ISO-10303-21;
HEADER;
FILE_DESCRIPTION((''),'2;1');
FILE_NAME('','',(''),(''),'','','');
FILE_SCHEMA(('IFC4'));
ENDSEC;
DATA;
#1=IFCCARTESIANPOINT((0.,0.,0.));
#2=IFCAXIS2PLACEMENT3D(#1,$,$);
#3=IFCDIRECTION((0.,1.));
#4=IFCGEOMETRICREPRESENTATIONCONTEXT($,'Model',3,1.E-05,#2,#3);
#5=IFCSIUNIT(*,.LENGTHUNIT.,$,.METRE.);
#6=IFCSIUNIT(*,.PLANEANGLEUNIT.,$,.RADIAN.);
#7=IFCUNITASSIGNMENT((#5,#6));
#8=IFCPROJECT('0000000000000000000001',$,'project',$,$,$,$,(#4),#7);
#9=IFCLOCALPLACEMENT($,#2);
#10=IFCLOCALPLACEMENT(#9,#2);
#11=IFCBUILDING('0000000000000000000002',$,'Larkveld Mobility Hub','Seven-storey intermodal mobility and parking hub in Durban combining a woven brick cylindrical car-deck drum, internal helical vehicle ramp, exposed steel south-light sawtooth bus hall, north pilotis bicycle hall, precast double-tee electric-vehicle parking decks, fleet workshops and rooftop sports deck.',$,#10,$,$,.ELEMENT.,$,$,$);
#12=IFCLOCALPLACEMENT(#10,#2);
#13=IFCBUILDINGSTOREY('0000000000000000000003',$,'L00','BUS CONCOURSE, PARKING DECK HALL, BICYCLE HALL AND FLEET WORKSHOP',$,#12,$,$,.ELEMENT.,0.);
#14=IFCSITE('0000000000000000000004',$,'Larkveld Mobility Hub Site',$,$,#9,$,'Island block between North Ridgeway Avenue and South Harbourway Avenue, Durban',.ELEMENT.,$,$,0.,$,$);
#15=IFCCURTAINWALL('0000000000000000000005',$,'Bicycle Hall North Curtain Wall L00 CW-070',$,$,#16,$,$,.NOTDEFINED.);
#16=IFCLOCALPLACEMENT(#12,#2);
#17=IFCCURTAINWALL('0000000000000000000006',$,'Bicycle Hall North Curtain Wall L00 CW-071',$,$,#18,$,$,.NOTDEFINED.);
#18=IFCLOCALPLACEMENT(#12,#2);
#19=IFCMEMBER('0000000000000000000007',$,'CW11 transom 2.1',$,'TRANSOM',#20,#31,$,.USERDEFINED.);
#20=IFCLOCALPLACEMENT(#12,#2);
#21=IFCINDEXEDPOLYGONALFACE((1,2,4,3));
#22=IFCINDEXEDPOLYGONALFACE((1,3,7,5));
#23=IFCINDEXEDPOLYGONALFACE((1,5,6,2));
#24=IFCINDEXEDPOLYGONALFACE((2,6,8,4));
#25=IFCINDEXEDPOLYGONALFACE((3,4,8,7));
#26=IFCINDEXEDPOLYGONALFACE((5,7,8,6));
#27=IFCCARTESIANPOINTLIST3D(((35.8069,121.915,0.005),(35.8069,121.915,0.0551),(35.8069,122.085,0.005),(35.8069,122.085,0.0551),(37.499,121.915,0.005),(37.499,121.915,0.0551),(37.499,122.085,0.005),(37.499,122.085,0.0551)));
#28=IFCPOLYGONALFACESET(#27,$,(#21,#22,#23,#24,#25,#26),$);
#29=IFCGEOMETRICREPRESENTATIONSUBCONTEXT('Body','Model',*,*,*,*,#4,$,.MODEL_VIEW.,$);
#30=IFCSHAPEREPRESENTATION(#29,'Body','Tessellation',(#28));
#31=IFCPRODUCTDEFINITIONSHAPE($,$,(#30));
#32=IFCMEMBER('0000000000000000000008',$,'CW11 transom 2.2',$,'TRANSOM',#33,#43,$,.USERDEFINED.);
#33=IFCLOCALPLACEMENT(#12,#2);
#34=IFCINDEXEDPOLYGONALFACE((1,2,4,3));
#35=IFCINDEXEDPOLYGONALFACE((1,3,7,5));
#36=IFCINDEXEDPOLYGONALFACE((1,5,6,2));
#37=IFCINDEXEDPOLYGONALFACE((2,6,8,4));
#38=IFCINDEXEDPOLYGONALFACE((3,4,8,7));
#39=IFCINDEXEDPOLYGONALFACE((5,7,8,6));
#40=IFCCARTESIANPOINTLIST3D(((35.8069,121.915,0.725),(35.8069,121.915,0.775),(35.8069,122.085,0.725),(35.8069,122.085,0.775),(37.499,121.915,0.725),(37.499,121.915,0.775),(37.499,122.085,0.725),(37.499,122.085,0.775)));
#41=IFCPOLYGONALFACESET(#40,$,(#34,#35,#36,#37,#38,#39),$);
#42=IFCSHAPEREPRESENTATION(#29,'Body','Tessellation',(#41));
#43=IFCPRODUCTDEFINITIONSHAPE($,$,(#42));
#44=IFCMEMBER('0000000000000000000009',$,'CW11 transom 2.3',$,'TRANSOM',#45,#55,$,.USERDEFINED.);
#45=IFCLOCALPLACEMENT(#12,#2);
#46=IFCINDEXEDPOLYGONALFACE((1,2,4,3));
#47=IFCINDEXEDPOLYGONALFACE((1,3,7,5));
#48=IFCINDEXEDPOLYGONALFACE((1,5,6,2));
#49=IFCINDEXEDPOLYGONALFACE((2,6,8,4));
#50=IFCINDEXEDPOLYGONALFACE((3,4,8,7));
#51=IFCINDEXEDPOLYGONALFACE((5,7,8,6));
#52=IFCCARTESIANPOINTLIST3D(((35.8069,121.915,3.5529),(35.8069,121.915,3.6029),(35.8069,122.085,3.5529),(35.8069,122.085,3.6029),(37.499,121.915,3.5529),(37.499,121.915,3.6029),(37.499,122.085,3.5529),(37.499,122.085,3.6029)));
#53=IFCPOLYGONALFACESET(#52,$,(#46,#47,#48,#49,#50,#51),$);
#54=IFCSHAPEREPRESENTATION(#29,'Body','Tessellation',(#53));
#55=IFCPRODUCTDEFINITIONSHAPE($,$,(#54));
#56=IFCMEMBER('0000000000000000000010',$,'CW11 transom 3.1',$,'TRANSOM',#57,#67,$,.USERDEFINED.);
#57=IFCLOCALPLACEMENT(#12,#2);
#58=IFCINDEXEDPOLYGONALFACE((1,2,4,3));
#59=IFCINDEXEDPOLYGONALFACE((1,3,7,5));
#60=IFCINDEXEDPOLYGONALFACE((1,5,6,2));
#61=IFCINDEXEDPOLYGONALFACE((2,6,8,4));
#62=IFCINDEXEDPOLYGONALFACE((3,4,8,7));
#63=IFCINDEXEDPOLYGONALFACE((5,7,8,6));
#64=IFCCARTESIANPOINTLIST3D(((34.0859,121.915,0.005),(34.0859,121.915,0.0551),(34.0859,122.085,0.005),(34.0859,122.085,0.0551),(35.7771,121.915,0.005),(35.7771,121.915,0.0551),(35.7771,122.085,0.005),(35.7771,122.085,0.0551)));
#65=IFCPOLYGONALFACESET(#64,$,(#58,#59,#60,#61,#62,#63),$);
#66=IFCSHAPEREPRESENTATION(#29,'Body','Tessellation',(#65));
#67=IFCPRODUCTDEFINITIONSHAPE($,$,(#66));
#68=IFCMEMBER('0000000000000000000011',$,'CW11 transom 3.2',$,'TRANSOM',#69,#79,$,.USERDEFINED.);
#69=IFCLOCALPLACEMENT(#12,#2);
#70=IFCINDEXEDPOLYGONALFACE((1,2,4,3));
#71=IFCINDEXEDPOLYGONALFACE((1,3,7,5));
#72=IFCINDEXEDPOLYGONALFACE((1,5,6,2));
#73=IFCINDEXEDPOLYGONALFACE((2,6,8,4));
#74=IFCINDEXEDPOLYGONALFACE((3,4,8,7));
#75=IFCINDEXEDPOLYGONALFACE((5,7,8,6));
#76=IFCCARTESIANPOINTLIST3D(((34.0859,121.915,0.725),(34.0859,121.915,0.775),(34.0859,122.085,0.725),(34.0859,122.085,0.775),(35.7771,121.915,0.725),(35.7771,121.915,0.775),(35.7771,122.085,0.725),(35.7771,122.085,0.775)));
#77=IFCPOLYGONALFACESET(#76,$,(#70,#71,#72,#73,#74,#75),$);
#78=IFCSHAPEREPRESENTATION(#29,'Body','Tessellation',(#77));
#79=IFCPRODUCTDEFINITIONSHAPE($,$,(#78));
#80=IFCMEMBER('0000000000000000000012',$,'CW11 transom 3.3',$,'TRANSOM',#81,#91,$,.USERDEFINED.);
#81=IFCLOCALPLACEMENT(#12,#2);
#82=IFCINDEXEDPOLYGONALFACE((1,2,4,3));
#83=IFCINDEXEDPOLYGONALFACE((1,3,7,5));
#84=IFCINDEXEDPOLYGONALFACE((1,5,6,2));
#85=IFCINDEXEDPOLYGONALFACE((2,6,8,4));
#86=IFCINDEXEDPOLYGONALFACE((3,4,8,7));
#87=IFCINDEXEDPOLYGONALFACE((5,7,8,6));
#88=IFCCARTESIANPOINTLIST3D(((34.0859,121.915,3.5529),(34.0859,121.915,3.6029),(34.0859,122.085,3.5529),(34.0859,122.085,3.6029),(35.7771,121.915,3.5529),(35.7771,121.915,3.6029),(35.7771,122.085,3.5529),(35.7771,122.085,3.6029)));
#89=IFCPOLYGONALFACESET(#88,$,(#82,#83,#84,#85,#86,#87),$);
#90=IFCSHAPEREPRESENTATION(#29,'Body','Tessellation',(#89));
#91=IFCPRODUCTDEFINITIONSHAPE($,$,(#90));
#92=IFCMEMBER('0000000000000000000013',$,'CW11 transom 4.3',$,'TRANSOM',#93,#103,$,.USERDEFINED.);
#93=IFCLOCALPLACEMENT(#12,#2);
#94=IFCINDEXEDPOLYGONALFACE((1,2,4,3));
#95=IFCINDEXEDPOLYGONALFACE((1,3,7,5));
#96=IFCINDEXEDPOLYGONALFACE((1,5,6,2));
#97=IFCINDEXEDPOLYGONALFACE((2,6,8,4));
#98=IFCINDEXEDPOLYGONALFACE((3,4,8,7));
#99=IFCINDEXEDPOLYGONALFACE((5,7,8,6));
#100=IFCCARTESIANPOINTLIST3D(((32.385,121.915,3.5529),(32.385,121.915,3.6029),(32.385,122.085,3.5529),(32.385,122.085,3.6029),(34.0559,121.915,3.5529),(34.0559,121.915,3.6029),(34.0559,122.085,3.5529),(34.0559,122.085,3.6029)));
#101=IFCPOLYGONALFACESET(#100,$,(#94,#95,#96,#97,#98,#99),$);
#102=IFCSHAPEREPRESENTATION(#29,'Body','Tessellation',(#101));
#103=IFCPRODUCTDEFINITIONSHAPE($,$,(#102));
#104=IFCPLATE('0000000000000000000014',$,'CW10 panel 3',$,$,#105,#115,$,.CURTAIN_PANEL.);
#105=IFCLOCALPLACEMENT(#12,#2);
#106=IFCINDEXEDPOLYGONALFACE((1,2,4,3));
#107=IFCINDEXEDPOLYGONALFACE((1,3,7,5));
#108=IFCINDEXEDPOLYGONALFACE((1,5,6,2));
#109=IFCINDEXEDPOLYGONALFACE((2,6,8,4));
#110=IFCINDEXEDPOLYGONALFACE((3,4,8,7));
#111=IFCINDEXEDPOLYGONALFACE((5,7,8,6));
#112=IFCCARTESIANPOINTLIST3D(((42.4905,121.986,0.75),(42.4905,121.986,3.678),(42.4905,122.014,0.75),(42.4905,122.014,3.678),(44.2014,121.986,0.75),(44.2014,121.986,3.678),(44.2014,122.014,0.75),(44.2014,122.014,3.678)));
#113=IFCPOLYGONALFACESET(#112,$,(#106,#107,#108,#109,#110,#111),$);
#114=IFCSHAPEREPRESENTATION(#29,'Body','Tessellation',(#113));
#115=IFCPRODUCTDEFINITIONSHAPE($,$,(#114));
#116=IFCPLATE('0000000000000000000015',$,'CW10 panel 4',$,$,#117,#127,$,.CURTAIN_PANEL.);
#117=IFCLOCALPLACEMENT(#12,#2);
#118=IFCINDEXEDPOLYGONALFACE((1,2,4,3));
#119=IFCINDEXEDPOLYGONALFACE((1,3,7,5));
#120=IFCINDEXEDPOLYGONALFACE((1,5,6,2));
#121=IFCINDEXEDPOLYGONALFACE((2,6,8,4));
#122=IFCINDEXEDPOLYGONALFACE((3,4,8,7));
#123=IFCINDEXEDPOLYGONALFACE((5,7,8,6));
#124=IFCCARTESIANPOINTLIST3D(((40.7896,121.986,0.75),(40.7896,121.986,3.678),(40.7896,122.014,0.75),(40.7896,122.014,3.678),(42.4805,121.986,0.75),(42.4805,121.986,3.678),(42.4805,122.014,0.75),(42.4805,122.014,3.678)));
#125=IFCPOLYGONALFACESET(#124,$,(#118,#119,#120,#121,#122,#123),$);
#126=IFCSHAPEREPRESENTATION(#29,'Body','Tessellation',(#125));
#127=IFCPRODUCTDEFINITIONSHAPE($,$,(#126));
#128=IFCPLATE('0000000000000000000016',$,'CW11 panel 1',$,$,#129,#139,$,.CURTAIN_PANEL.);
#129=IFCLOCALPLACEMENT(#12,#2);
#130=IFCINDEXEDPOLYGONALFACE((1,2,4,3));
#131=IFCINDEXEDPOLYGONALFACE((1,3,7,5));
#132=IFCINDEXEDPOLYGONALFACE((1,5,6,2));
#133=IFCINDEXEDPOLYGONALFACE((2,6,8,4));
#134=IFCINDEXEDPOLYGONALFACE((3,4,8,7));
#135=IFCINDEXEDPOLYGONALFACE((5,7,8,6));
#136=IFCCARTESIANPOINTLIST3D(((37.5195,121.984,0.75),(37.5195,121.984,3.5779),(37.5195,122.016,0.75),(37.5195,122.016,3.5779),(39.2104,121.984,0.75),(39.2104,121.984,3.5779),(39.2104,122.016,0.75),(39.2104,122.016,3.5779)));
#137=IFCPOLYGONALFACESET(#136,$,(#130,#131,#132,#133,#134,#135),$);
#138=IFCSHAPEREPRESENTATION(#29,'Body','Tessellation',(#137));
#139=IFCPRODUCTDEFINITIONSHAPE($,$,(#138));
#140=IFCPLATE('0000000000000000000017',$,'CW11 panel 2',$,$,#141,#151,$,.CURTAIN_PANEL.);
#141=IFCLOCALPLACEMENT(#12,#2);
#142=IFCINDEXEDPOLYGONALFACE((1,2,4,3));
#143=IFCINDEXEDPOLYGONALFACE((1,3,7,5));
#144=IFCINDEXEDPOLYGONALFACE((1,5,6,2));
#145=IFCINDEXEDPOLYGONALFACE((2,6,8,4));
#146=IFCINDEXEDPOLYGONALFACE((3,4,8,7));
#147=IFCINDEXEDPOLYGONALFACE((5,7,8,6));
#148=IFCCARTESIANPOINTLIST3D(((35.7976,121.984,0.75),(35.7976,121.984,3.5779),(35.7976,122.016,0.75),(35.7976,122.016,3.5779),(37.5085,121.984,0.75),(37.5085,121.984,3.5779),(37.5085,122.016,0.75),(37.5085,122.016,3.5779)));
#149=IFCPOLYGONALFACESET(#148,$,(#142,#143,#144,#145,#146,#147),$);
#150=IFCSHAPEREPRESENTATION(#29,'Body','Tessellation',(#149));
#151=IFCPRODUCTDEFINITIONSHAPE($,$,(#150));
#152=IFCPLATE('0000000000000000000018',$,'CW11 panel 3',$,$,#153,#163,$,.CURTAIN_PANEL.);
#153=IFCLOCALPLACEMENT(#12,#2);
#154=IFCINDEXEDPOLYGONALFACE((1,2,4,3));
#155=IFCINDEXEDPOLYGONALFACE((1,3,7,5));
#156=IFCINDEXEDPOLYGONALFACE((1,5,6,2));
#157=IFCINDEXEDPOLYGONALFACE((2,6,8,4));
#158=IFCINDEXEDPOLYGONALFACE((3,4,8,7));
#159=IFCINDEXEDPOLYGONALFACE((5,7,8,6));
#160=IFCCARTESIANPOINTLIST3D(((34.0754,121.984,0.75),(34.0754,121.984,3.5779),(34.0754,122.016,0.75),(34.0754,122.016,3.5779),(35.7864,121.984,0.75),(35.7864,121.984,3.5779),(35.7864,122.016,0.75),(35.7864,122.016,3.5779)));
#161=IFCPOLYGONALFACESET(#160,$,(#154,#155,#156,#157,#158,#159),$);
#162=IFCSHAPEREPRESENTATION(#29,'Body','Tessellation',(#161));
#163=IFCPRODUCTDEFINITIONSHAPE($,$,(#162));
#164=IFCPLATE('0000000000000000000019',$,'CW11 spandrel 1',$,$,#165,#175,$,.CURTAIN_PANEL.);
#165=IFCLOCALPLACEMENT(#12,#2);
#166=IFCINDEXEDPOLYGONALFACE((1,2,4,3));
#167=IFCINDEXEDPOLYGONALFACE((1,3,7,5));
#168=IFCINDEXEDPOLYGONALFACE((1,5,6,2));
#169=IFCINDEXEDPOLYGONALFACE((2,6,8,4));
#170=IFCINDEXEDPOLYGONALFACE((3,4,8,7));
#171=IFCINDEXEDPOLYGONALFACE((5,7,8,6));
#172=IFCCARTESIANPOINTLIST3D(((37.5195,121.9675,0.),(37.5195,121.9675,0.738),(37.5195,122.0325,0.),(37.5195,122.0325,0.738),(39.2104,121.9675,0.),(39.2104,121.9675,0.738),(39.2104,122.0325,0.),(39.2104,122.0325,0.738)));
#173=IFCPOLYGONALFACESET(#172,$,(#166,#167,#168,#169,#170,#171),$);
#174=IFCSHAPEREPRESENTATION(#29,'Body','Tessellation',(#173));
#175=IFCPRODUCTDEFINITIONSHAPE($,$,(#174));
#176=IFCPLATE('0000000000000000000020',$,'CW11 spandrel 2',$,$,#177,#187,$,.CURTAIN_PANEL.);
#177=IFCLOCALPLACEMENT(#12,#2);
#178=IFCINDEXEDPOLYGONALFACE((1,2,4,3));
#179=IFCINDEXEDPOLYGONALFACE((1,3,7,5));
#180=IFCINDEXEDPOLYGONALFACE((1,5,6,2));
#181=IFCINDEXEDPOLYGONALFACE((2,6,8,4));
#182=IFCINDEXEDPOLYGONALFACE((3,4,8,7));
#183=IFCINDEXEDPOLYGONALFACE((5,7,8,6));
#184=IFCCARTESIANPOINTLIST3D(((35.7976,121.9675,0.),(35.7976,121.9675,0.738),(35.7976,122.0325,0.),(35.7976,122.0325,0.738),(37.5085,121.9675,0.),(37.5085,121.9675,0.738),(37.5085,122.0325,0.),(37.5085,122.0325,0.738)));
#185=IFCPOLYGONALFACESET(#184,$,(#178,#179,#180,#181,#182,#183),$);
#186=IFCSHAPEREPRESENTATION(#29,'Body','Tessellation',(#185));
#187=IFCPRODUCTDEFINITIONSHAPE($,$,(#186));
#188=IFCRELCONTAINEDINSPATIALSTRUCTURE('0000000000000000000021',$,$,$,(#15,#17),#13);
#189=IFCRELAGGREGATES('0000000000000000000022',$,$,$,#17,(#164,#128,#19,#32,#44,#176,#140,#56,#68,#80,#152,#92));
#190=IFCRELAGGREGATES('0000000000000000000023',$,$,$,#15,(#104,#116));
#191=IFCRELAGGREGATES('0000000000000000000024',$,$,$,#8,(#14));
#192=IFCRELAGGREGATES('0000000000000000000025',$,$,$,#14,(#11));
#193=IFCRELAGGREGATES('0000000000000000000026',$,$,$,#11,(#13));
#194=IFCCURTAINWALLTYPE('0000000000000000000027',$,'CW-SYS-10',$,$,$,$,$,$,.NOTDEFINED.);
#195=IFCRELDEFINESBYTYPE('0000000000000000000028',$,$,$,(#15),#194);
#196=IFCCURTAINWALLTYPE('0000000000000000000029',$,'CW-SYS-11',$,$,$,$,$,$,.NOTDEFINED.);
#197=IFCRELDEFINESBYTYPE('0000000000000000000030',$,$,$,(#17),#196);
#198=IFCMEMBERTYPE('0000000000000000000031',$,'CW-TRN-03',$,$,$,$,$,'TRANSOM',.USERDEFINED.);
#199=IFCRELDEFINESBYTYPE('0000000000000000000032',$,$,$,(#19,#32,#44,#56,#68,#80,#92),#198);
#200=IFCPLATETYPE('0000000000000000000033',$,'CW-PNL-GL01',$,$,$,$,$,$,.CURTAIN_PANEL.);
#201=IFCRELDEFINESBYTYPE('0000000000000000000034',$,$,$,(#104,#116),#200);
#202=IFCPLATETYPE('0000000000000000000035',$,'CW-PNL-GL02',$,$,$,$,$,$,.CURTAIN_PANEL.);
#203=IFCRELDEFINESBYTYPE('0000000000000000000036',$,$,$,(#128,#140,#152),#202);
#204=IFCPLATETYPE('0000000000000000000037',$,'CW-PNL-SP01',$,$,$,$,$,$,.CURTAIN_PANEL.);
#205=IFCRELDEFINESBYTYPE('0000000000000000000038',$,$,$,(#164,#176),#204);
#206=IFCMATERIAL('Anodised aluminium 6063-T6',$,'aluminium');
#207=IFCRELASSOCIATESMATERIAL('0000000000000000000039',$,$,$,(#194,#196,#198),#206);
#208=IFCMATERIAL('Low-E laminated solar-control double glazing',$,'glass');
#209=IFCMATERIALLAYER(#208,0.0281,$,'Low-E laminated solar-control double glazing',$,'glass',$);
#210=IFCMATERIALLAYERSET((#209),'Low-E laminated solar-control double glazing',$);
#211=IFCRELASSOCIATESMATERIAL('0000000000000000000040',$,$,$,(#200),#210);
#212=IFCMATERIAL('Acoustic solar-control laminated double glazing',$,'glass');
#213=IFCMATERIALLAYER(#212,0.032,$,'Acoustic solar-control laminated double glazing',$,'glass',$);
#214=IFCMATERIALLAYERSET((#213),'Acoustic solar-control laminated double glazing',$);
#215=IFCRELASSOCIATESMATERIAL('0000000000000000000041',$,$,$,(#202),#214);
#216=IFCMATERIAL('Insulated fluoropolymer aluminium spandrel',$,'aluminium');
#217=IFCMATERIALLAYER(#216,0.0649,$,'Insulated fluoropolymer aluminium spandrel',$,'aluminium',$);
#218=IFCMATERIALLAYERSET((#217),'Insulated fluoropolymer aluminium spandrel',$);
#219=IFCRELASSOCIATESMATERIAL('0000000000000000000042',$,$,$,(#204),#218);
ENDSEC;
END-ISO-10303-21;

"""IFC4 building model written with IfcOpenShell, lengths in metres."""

from ifc_helpers import new_model, si_unit, direction, frame, origin, origin_2d, place, context, subcontext, project, spatial, rectangle, extrude, material, layer, layer_set, material_profile, profile_set, type_object, element, aggregate, save


model = new_model("IFC4")

# Units and contexts
model_context = context("Model", 3, precision=1e-05, world=origin(), true_north=direction((0.0, 1.0)))
body_context = subcontext(model_context, "Body", "Model", "MODEL_VIEW")
ifc_project = project(units=[si_unit("LENGTHUNIT", "METRE"), si_unit("PLANEANGLEUNIT", "RADIAN")], contexts=[model_context])

# Site, building, storey
site_placement = place(None, origin())
site = spatial("IfcSite", under=ifc_project, at=site_placement, Name="Larkveld Mobility Hub Site", LongName="Island block between North Ridgeway Avenue and South Harbourway Avenue, Durban", CompositionType="ELEMENT", RefElevation=0.0)
building_placement = place(site_placement, origin())
building = spatial("IfcBuilding", under=site, at=building_placement, Name="Larkveld Mobility Hub", Description="Seven-storey intermodal mobility and parking hub in Durban combining a woven brick cylindrical car-deck drum, internal helical vehicle ramp, exposed steel south-light sawtooth bus hall, north pilotis bicycle hall, precast double-tee electric-vehicle parking decks, fleet workshops and rooftop sports deck.", CompositionType="ELEMENT")
storey_placement = place(building_placement, origin())
storey = spatial("IfcBuildingStorey", under=building, at=storey_placement, Name="L00", Description="BUS CONCOURSE, PARKING DECK HALL, BICYCLE HALL AND FLEET WORKSHOP", CompositionType="ELEMENT", Elevation=0.0)

# Curtain walls
ifc_material_1 = material(Name="Anodised aluminium 6063-T6", Category="aluminium")
curtain_wall_type_1 = type_object("IfcCurtainWallType", Name="CW-SYS-10", PredefinedType="NOTDEFINED", material=ifc_material_1)
curtain_wall_1_placement = place(storey_placement, origin())
curtain_wall_1 = element("IfcCurtainWall", 1, at=curtain_wall_1_placement, inside=storey, type_object=curtain_wall_type_1, Name="Bicycle Hall North Curtain Wall L00 CW-070", PredefinedType="NOTDEFINED")
curtain_wall_type_2 = type_object("IfcCurtainWallType", Name="CW-SYS-11", PredefinedType="NOTDEFINED", material=ifc_material_1)
curtain_wall_2_placement = place(storey_placement, origin())
curtain_wall_2 = element("IfcCurtainWall", 2, at=curtain_wall_2_placement, inside=storey, type_object=curtain_wall_type_2, Name="Bicycle Hall North Curtain Wall L00 CW-071", PredefinedType="NOTDEFINED")

# Members
ifc_material_profile_1 = material_profile(ifc_material_1, rectangle(XDim=0.1699, YDim=0.05, at=origin_2d()), Name="ALU TRAN 50x170")
ifc_profile_set_1 = profile_set([ifc_material_profile_1], Name="Anodised aluminium 6063-T6")
member_type_1 = type_object("IfcMemberType", Name="CW-TRN-03", ElementType="TRANSOM", PredefinedType="USERDEFINED", material=ifc_profile_set_1)
member_1_placement = place(storey_placement, frame((37.499, 122.0, 0.03), z_axis=(-1.0, 0.0, 0.0), x_axis=(0.0, -1.0, 0.0)))
member_1 = element("IfcMember", 3, at=member_1_placement, type_object=member_type_1, Name="CW11 transom 2.1", ObjectType="TRANSOM", PredefinedType="USERDEFINED", context=body_context, shape_type="SweptSolid", body=[
    extrude(rectangle(XDim=0.1699, YDim=0.05, at=origin_2d()), origin(), (0.0, 0.0, 1.0), 1.6921),
])
member_2_placement = place(storey_placement, frame((37.499, 122.0, 0.75), z_axis=(-1.0, 0.0, 0.0), x_axis=(0.0, -1.0, 0.0)))
member_2 = element("IfcMember", 4, at=member_2_placement, type_object=member_type_1, Name="CW11 transom 2.2", ObjectType="TRANSOM", PredefinedType="USERDEFINED", context=body_context, shape_type="SweptSolid", body=[
    extrude(rectangle(XDim=0.1699, YDim=0.05, at=origin_2d()), origin(), (0.0, 0.0, 1.0), 1.6921),
])
member_3_placement = place(storey_placement, frame((37.499, 122.0, 3.5779), z_axis=(-1.0, 0.0, 0.0), x_axis=(0.0, -1.0, 0.0)))
member_3 = element("IfcMember", 5, at=member_3_placement, type_object=member_type_1, Name="CW11 transom 2.3", ObjectType="TRANSOM", PredefinedType="USERDEFINED", context=body_context, shape_type="SweptSolid", body=[
    extrude(rectangle(XDim=0.1699, YDim=0.05, at=origin_2d()), origin(), (0.0, 0.0, 1.0), 1.6921),
])
member_4_placement = place(storey_placement, frame((35.7771, 122.0, 0.03), z_axis=(-1.0, 0.0, 0.0), x_axis=(0.0, -1.0, 0.0)))
member_4 = element("IfcMember", 6, at=member_4_placement, type_object=member_type_1, Name="CW11 transom 3.1", ObjectType="TRANSOM", PredefinedType="USERDEFINED", context=body_context, shape_type="SweptSolid", body=[
    extrude(rectangle(XDim=0.1699, YDim=0.05, at=origin_2d()), origin(), (0.0, 0.0, 1.0), 1.6912),
])
member_5_placement = place(storey_placement, frame((35.7771, 122.0, 0.75), z_axis=(-1.0, 0.0, 0.0), x_axis=(0.0, -1.0, 0.0)))
member_5 = element("IfcMember", 7, at=member_5_placement, type_object=member_type_1, Name="CW11 transom 3.2", ObjectType="TRANSOM", PredefinedType="USERDEFINED", context=body_context, shape_type="SweptSolid", body=[
    extrude(rectangle(XDim=0.1699, YDim=0.05, at=origin_2d()), origin(), (0.0, 0.0, 1.0), 1.6912),
])
member_6_placement = place(storey_placement, frame((35.7771, 122.0, 3.5779), z_axis=(-1.0, 0.0, 0.0), x_axis=(0.0, -1.0, 0.0)))
member_6 = element("IfcMember", 8, at=member_6_placement, type_object=member_type_1, Name="CW11 transom 3.3", ObjectType="TRANSOM", PredefinedType="USERDEFINED", context=body_context, shape_type="SweptSolid", body=[
    extrude(rectangle(XDim=0.1699, YDim=0.05, at=origin_2d()), origin(), (0.0, 0.0, 1.0), 1.6912),
])
member_7_placement = place(storey_placement, frame((34.0559, 122.0, 3.5779), z_axis=(-1.0, 0.0, 0.0), x_axis=(0.0, -1.0, 0.0)))
member_7 = element("IfcMember", 9, at=member_7_placement, type_object=member_type_1, Name="CW11 transom 4.3", ObjectType="TRANSOM", PredefinedType="USERDEFINED", context=body_context, shape_type="SweptSolid", body=[
    extrude(rectangle(XDim=0.1699, YDim=0.05, at=origin_2d()), origin(), (0.0, 0.0, 1.0), 1.6709),
])

# Plates
ifc_material_2 = material(Name="Low-E laminated solar-control double glazing", Category="glass")
ifc_layer_1 = layer(ifc_material_2, 0.0281, Name="Low-E laminated solar-control double glazing", Category="glass")
ifc_layer_set_1 = layer_set([ifc_layer_1], Name="Low-E laminated solar-control double glazing")
plate_type_1 = type_object("IfcPlateType", Name="CW-PNL-GL01", PredefinedType="CURTAIN_PANEL", material=ifc_layer_set_1)
plate_1_placement = place(storey_placement, frame((43.3459, 122.0, 0.75), z_axis=(0.0, 0.0, 1.0), x_axis=(-1.0, 0.0, 0.0)))
plate_1 = element("IfcPlate", 10, at=plate_1_placement, type_object=plate_type_1, Name="CW10 panel 3", PredefinedType="CURTAIN_PANEL", context=body_context, shape_type="SweptSolid", body=[
    extrude(rectangle(XDim=1.7109, YDim=0.0281, at=origin_2d()), origin(), (0.0, 0.0, 1.0), 2.928),
])
plate_2_placement = place(storey_placement, frame((41.635, 122.0, 0.75), z_axis=(0.0, 0.0, 1.0), x_axis=(-1.0, 0.0, 0.0)))
plate_2 = element("IfcPlate", 11, at=plate_2_placement, type_object=plate_type_1, Name="CW10 panel 4", PredefinedType="CURTAIN_PANEL", context=body_context, shape_type="SweptSolid", body=[
    extrude(rectangle(XDim=1.6909, YDim=0.0281, at=origin_2d()), origin(), (0.0, 0.0, 1.0), 2.928),
])
ifc_material_3 = material(Name="Acoustic solar-control laminated double glazing", Category="glass")
ifc_layer_2 = layer(ifc_material_3, 0.032, Name="Acoustic solar-control laminated double glazing", Category="glass")
ifc_layer_set_2 = layer_set([ifc_layer_2], Name="Acoustic solar-control laminated double glazing")
plate_type_2 = type_object("IfcPlateType", Name="CW-PNL-GL02", PredefinedType="CURTAIN_PANEL", material=ifc_layer_set_2)
plate_3_placement = place(storey_placement, frame((38.365, 122.0, 0.75), z_axis=(0.0, 0.0, 1.0), x_axis=(-1.0, 0.0, 0.0)))
plate_3 = element("IfcPlate", 12, at=plate_3_placement, type_object=plate_type_2, Name="CW11 panel 1", PredefinedType="CURTAIN_PANEL", context=body_context, shape_type="SweptSolid", body=[
    extrude(rectangle(XDim=1.6909, YDim=0.032, at=origin_2d()), origin(), (0.0, 0.0, 1.0), 2.8279),
])
plate_4_placement = place(storey_placement, frame((36.6531, 122.0, 0.75), z_axis=(0.0, 0.0, 1.0), x_axis=(-1.0, 0.0, 0.0)))
plate_4 = element("IfcPlate", 13, at=plate_4_placement, type_object=plate_type_2, Name="CW11 panel 2", PredefinedType="CURTAIN_PANEL", context=body_context, shape_type="SweptSolid", body=[
    extrude(rectangle(XDim=1.7109, YDim=0.032, at=origin_2d()), origin(), (0.0, 0.0, 1.0), 2.8279),
])
plate_5_placement = place(storey_placement, frame((34.9309, 122.0, 0.75), z_axis=(0.0, 0.0, 1.0), x_axis=(-1.0, 0.0, 0.0)))
plate_5 = element("IfcPlate", 14, at=plate_5_placement, type_object=plate_type_2, Name="CW11 panel 3", PredefinedType="CURTAIN_PANEL", context=body_context, shape_type="SweptSolid", body=[
    extrude(rectangle(XDim=1.7109, YDim=0.032, at=origin_2d()), origin(), (0.0, 0.0, 1.0), 2.8279),
])
ifc_material_4 = material(Name="Insulated fluoropolymer aluminium spandrel", Category="aluminium")
ifc_layer_3 = layer(ifc_material_4, 0.0649, Name="Insulated fluoropolymer aluminium spandrel", Category="aluminium")
ifc_layer_set_3 = layer_set([ifc_layer_3], Name="Insulated fluoropolymer aluminium spandrel")
plate_type_3 = type_object("IfcPlateType", Name="CW-PNL-SP01", PredefinedType="CURTAIN_PANEL", material=ifc_layer_set_3)
plate_6_placement = place(storey_placement, frame((38.365, 122.0, 0.0), z_axis=(0.0, 0.0, 1.0), x_axis=(-1.0, 0.0, 0.0)))
plate_6 = element("IfcPlate", 15, at=plate_6_placement, type_object=plate_type_3, Name="CW11 spandrel 1", PredefinedType="CURTAIN_PANEL", context=body_context, shape_type="SweptSolid", body=[
    extrude(rectangle(XDim=1.6909, YDim=0.0649, at=origin_2d()), origin(), (0.0, 0.0, 1.0), 0.738),
])
plate_7_placement = place(storey_placement, frame((36.6531, 122.0, 0.0), z_axis=(0.0, 0.0, 1.0), x_axis=(-1.0, 0.0, 0.0)))
plate_7 = element("IfcPlate", 16, at=plate_7_placement, type_object=plate_type_3, Name="CW11 spandrel 2", PredefinedType="CURTAIN_PANEL", context=body_context, shape_type="SweptSolid", body=[
    extrude(rectangle(XDim=1.7109, YDim=0.0649, at=origin_2d()), origin(), (0.0, 0.0, 1.0), 0.738),
])
aggregate(curtain_wall_2, [plate_6, plate_3, member_1, member_2, member_3, plate_7, plate_4, member_4, member_5, member_6, plate_5, member_7])
aggregate(curtain_wall_1, [plate_1, plate_2])

save(model, "model.ifc")
